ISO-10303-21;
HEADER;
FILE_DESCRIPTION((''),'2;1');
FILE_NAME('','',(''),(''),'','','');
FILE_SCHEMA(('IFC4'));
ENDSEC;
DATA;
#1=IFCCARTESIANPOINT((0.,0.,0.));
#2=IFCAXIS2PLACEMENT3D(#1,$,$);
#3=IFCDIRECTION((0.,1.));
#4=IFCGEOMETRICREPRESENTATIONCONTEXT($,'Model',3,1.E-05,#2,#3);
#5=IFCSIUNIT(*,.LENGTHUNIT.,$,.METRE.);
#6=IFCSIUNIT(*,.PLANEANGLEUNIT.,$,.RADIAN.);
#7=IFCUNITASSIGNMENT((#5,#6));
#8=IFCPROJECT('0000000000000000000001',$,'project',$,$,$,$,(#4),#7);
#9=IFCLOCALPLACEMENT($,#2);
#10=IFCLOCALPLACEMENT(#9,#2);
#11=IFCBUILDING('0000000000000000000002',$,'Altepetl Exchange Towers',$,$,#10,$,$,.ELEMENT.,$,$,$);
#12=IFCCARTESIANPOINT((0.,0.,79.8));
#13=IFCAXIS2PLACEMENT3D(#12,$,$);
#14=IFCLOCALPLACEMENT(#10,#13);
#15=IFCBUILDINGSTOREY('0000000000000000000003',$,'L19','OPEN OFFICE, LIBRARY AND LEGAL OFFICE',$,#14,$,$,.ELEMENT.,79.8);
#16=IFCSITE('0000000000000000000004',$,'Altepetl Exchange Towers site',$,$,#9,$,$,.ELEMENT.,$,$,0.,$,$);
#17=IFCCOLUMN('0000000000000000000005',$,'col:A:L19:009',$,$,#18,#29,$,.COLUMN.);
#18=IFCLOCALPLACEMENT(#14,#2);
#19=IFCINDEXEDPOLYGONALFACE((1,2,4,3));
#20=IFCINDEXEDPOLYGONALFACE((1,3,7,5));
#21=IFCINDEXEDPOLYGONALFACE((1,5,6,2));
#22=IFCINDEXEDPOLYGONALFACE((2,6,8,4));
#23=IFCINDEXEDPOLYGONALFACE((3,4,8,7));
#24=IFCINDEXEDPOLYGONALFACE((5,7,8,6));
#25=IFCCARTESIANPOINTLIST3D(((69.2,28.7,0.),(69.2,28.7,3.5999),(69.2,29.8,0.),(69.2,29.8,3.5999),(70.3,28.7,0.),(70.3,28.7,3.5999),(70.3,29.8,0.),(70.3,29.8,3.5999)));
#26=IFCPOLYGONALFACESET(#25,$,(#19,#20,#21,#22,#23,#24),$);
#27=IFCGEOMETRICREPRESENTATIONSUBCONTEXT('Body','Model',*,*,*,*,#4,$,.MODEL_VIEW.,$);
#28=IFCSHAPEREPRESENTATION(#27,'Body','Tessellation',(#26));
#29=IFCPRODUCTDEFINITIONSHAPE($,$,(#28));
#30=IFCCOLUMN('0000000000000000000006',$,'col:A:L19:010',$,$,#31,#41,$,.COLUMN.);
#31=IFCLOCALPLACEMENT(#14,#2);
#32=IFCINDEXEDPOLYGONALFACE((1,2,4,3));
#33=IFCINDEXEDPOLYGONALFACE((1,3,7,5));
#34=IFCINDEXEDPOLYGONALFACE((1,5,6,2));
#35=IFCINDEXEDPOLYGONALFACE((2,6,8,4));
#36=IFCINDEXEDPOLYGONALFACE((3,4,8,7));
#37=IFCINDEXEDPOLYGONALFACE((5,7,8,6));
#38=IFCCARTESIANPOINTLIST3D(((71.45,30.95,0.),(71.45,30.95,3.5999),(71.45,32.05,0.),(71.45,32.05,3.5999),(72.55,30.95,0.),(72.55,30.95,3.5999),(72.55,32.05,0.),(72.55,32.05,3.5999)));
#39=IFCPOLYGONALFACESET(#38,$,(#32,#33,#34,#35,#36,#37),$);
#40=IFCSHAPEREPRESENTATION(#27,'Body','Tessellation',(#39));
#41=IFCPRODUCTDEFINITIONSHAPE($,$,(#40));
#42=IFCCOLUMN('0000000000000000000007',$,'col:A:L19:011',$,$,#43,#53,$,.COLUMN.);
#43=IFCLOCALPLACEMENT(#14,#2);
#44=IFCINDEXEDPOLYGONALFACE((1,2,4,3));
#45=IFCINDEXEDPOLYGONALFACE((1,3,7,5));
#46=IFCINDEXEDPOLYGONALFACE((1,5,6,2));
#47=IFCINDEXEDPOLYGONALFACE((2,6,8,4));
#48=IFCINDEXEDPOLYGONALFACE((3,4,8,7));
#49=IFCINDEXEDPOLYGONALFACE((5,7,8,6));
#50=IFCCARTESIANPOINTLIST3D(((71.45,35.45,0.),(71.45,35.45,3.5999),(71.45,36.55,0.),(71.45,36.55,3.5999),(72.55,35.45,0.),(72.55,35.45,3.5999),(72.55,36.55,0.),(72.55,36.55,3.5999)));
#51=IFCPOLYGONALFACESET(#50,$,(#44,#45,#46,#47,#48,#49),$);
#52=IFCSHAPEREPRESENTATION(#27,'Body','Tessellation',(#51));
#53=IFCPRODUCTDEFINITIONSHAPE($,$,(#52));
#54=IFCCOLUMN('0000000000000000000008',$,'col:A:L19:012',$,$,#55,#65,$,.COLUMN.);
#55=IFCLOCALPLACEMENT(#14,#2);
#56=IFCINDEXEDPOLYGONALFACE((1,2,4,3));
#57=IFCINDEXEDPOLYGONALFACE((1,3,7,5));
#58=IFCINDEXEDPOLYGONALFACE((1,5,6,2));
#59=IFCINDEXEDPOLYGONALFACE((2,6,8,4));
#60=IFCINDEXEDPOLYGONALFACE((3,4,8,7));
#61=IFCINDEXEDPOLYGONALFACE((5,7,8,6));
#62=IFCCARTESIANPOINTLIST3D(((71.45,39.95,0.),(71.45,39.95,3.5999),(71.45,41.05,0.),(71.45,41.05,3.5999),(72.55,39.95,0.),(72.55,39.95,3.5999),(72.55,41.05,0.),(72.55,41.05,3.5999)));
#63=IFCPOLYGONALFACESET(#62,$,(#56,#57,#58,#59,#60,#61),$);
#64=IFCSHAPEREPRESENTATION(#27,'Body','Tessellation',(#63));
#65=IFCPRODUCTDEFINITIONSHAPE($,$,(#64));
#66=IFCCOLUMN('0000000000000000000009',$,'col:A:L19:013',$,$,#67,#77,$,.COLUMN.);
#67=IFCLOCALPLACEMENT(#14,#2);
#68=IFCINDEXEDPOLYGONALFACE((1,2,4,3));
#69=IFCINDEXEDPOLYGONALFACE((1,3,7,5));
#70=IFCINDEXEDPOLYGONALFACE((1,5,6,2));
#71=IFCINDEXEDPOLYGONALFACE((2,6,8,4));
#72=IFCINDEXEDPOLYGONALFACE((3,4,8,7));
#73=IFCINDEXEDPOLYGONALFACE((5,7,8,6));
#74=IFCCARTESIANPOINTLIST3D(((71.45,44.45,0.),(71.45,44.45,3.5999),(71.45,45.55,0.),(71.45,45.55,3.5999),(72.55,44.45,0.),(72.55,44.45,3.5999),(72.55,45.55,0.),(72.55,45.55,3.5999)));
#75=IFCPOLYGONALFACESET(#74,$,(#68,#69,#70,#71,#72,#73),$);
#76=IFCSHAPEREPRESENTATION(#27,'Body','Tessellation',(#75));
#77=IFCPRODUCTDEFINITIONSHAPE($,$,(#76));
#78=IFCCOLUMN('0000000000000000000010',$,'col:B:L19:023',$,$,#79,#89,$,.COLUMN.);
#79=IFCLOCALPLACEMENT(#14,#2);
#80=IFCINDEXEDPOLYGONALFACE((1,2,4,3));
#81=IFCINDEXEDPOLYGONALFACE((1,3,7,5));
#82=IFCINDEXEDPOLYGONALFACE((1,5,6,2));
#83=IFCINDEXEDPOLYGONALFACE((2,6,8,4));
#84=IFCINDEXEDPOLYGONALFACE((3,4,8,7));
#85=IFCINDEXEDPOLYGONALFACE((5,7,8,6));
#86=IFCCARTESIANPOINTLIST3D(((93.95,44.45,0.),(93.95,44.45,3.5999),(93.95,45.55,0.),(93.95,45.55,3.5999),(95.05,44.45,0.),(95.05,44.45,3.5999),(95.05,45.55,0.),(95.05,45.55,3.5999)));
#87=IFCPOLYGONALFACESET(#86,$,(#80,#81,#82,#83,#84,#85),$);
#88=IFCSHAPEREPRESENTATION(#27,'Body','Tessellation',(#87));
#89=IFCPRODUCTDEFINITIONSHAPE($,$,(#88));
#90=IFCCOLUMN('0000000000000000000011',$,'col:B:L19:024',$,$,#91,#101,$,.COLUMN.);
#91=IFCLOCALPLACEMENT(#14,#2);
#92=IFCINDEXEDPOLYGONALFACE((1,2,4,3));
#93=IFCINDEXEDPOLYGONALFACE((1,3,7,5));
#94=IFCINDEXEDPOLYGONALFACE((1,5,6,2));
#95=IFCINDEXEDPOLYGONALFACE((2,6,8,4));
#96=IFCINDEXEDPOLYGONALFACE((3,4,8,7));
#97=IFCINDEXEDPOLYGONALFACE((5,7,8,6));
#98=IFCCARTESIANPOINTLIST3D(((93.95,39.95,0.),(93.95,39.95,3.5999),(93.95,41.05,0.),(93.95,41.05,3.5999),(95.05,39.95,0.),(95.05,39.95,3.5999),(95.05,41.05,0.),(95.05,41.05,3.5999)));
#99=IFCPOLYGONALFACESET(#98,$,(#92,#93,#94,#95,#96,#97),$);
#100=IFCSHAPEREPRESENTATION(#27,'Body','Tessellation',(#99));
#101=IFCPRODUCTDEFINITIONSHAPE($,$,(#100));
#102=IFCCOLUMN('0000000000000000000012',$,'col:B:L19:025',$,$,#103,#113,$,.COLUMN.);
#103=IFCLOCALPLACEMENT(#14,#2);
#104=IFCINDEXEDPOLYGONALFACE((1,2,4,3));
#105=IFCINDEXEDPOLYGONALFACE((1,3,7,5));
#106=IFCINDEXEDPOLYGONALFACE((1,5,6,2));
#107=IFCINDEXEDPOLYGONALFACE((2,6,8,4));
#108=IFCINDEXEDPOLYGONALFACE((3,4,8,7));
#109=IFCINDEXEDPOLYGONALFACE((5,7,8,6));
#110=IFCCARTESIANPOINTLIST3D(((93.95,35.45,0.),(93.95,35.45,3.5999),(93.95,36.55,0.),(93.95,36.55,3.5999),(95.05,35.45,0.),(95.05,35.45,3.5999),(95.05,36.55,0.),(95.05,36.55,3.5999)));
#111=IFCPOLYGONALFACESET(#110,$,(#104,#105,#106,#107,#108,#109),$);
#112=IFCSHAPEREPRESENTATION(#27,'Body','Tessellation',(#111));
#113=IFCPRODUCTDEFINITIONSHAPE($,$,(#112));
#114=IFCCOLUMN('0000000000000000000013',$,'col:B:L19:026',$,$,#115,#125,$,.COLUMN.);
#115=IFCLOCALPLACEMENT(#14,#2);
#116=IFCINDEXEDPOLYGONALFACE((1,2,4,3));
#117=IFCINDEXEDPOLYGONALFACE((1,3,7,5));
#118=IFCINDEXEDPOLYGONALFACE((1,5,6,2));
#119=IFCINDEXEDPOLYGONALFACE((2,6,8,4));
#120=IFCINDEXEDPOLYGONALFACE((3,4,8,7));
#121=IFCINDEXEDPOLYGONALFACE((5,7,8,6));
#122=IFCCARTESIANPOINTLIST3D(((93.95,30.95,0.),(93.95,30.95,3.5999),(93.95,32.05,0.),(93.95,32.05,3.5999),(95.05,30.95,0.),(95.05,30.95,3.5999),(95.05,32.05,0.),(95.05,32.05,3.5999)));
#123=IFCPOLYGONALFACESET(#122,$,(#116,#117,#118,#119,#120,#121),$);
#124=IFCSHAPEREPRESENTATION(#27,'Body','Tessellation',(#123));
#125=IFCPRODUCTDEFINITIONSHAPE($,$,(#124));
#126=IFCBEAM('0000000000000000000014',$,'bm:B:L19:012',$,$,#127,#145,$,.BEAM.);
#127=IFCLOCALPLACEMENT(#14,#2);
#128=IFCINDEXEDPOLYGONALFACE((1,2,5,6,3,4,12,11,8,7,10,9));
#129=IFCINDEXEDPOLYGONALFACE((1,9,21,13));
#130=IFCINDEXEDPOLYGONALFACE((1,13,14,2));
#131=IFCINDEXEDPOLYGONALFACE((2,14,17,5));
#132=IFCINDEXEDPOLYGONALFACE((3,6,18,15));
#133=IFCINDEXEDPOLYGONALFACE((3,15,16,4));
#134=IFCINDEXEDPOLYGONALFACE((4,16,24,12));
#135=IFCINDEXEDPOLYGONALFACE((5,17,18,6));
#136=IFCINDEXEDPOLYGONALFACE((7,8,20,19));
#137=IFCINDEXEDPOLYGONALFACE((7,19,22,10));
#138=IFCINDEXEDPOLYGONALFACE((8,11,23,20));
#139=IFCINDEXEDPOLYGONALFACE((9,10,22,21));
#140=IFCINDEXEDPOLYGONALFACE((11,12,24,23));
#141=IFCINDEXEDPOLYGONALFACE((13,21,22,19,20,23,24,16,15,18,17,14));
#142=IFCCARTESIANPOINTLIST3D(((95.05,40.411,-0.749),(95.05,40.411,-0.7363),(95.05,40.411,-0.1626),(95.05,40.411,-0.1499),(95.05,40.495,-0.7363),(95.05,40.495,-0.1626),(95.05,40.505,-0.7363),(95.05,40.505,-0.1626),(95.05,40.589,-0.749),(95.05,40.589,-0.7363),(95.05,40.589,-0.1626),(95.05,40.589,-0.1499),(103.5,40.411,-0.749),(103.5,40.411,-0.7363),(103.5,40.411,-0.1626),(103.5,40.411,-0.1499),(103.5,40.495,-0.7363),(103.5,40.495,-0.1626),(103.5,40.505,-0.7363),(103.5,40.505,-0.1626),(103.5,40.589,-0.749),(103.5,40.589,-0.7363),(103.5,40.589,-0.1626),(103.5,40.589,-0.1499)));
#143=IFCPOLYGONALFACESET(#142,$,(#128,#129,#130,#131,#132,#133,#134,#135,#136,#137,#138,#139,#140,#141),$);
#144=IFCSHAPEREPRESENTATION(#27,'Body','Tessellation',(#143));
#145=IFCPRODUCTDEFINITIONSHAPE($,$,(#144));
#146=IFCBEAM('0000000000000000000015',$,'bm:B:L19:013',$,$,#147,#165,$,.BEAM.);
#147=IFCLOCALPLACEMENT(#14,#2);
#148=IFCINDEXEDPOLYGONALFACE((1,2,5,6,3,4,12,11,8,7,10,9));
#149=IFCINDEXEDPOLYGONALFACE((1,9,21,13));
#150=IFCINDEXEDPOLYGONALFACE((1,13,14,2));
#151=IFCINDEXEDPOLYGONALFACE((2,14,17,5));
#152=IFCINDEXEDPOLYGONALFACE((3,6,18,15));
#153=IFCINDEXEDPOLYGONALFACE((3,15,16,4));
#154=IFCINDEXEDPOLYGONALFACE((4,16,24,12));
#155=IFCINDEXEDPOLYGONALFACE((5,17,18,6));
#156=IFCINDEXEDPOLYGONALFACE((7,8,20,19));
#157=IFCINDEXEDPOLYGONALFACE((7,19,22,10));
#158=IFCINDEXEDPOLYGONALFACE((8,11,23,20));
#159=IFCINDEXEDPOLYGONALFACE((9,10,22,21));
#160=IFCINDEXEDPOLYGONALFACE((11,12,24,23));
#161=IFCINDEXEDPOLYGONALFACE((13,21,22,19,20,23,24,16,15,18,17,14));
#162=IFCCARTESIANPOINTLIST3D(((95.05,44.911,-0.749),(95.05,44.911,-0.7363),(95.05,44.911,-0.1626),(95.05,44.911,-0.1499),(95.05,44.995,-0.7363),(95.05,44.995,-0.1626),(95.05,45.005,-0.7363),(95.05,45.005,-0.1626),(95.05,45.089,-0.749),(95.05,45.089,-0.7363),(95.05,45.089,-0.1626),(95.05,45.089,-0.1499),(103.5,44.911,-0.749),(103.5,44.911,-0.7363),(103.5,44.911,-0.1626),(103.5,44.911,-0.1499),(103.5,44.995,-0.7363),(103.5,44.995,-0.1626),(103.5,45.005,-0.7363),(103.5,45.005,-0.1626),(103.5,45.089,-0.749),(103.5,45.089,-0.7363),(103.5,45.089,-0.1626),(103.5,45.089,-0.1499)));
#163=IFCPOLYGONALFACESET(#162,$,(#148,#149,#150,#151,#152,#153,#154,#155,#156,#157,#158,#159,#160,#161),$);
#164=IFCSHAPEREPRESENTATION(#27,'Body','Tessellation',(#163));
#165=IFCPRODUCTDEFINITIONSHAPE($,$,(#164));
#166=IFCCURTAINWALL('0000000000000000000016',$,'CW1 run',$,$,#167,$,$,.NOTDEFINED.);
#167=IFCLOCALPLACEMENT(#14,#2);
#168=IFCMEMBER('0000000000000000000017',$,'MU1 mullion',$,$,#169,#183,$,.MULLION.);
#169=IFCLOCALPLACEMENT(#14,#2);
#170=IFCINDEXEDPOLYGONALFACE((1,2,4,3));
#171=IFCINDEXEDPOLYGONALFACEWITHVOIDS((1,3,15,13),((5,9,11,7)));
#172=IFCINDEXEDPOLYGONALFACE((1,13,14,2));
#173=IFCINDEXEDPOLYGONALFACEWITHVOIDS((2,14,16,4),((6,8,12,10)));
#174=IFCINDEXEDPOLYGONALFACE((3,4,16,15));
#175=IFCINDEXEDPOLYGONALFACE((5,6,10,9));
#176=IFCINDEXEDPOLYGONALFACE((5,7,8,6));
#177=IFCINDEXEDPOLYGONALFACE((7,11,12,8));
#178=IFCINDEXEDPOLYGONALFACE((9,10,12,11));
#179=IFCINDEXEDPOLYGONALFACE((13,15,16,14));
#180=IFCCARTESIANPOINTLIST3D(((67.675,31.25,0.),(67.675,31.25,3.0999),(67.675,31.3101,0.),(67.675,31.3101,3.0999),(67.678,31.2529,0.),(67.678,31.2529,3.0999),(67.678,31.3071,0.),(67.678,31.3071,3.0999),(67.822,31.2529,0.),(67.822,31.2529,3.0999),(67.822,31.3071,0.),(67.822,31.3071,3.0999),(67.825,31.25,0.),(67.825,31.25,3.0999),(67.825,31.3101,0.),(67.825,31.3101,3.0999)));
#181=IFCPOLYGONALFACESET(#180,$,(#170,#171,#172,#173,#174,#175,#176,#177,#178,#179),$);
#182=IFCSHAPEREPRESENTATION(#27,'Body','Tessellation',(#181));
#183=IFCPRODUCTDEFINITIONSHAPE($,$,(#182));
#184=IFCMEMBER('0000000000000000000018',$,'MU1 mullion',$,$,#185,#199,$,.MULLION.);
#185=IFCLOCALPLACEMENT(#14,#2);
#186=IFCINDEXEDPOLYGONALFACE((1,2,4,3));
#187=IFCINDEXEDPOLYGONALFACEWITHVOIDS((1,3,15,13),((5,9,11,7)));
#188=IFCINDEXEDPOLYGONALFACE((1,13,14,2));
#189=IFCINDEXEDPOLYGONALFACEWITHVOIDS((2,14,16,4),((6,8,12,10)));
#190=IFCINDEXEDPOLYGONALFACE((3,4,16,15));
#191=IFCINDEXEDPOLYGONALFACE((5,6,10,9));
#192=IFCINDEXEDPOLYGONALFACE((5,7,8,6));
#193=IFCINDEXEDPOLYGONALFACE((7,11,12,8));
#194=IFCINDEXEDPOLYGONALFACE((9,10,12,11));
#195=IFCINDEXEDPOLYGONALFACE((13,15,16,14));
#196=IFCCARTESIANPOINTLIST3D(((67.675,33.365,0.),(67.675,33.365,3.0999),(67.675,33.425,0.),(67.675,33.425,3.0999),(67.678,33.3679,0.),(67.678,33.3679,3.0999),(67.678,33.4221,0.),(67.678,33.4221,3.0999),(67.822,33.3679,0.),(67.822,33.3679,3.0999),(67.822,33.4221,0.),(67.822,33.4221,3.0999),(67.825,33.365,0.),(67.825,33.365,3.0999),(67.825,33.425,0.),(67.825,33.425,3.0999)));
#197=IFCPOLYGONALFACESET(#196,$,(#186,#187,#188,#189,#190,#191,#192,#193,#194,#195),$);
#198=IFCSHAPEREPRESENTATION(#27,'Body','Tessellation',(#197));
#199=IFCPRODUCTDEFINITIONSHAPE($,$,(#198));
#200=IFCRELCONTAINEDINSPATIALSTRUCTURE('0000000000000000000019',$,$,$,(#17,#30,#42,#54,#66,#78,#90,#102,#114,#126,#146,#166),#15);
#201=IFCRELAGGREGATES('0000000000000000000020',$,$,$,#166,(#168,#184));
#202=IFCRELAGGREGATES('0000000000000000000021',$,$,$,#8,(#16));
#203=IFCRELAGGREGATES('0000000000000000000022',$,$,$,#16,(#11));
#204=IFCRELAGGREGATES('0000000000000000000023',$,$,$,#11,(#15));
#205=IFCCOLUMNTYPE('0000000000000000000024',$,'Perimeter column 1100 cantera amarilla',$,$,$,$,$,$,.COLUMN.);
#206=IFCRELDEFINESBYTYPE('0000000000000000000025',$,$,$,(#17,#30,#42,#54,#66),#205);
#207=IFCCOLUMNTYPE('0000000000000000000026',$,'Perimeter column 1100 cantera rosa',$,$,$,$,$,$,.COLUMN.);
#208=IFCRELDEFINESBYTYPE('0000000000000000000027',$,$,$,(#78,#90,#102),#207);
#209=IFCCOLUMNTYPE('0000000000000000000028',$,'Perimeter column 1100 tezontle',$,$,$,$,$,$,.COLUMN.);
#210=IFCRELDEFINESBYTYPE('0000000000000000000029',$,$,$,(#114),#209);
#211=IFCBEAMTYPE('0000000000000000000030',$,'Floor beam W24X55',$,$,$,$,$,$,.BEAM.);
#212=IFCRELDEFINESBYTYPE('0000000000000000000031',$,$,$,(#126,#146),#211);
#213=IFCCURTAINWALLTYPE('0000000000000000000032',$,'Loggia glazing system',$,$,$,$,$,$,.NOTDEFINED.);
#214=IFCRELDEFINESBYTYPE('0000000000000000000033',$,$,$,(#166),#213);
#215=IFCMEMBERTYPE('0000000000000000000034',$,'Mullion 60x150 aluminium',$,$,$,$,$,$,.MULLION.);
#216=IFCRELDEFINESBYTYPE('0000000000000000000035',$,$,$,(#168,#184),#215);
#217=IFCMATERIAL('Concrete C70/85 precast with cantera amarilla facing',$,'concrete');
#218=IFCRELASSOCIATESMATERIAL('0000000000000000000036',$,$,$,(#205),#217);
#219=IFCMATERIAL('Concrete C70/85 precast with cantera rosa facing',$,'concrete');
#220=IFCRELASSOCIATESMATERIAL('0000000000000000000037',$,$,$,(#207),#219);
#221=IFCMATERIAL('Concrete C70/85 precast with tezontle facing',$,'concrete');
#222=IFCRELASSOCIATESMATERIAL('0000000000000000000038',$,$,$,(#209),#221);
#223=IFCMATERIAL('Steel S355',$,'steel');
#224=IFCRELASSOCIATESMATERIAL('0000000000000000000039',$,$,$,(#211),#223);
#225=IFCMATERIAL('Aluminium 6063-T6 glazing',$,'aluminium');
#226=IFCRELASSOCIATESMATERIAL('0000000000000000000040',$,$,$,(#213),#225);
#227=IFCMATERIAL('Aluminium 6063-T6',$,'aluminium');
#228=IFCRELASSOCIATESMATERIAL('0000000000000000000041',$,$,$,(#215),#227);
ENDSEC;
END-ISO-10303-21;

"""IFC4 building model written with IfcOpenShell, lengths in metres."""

from ifc_helpers import new_model, si_unit, direction, frame, origin, origin_2d, place, context, subcontext, project, spatial, rectangle, hollow_rectangle, i_section, extrude, material, material_profile, profile_set, type_object, element, aggregate, save


model = new_model("IFC4")

# Units and contexts
model_context = context("Model", 3, precision=1e-05, world=origin(), true_north=direction((0.0, 1.0)))
body_context = subcontext(model_context, "Body", "Model", "MODEL_VIEW")
ifc_project = project(units=[si_unit("LENGTHUNIT", "METRE"), si_unit("PLANEANGLEUNIT", "RADIAN")], contexts=[model_context])

# Site, building, storey
site_placement = place(None, origin())
site = spatial("IfcSite", under=ifc_project, at=site_placement, Name="Altepetl Exchange Towers site", CompositionType="ELEMENT", RefElevation=0.0)
building_placement = place(site_placement, origin())
building = spatial("IfcBuilding", under=site, at=building_placement, Name="Altepetl Exchange Towers", CompositionType="ELEMENT")
storey_placement = place(building_placement, frame((0.0, 0.0, 79.8)))
storey = spatial("IfcBuildingStorey", under=building, at=storey_placement, Name="L19", Description="OPEN OFFICE, LIBRARY AND LEGAL OFFICE", CompositionType="ELEMENT", Elevation=79.8)

# Columns
ifc_material_1 = material(Name="Concrete C70/85 precast with cantera amarilla facing", Category="concrete")
ifc_material_profile_1 = material_profile(ifc_material_1, rectangle(XDim=1.1001, YDim=1.1001, at=origin_2d()), Name="1100 x 1100")
ifc_profile_set_1 = profile_set([ifc_material_profile_1], Name="Concrete C70/85 precast with cantera amarilla facing")
column_type_1 = type_object("IfcColumnType", Name="Perimeter column 1100 cantera amarilla", PredefinedType="COLUMN", material=ifc_profile_set_1)
for number, where, name in (
    (1, (69.75, 29.25, 0.0), "col:A:L19:009"),
    (2, (72.0, 31.5, 0.0), "col:A:L19:010"),
    (3, (72.0, 36.0, 0.0), "col:A:L19:011"),
    (4, (72.0, 40.5, 0.0), "col:A:L19:012"),
    (5, (72.0, 45.0, 0.0), "col:A:L19:013"),
):
    element("IfcColumn", number, at=place(storey_placement, frame(where)), inside=storey, type_object=column_type_1, Name=name, PredefinedType="COLUMN", context=body_context, shape_type="SweptSolid", body=[
        extrude(rectangle(XDim=1.1001, YDim=1.1001, at=origin_2d()), origin(), (0.0, 0.0, 1.0), 3.5999),
    ])
ifc_material_2 = material(Name="Concrete C70/85 precast with cantera rosa facing", Category="concrete")
ifc_material_profile_2 = material_profile(ifc_material_2, rectangle(XDim=1.1001, YDim=1.1001, at=origin_2d()), Name="1100 x 1100")
ifc_profile_set_2 = profile_set([ifc_material_profile_2], Name="Concrete C70/85 precast with cantera rosa facing")
column_type_2 = type_object("IfcColumnType", Name="Perimeter column 1100 cantera rosa", PredefinedType="COLUMN", material=ifc_profile_set_2)
for number, where, name in (
    (6, (94.5, 45.0, 0.0), "col:B:L19:023"),
    (7, (94.5, 40.5, 0.0), "col:B:L19:024"),
    (8, (94.5, 36.0, 0.0), "col:B:L19:025"),
):
    element("IfcColumn", number, at=place(storey_placement, frame(where)), inside=storey, type_object=column_type_2, Name=name, PredefinedType="COLUMN", context=body_context, shape_type="SweptSolid", body=[
        extrude(rectangle(XDim=1.1001, YDim=1.1001, at=origin_2d()), origin(), (0.0, 0.0, 1.0), 3.5999),
    ])
ifc_material_3 = material(Name="Concrete C70/85 precast with tezontle facing", Category="concrete")
ifc_material_profile_3 = material_profile(ifc_material_3, rectangle(XDim=1.1001, YDim=1.1001, at=origin_2d()), Name="1100 x 1100")
ifc_profile_set_3 = profile_set([ifc_material_profile_3], Name="Concrete C70/85 precast with tezontle facing")
column_type_3 = type_object("IfcColumnType", Name="Perimeter column 1100 tezontle", PredefinedType="COLUMN", material=ifc_profile_set_3)
column_placement = place(storey_placement, frame((94.5, 31.5, 0.0)))
element("IfcColumn", 9, at=column_placement, inside=storey, type_object=column_type_3, Name="col:B:L19:026", PredefinedType="COLUMN", context=body_context, shape_type="SweptSolid", body=[
    extrude(rectangle(XDim=1.1001, YDim=1.1001, at=origin_2d()), origin(), (0.0, 0.0, 1.0), 3.5999),
])

# Beams
ifc_material_4 = material(Name="Steel S355", Category="steel")
ifc_material_profile_4 = material_profile(ifc_material_4, i_section(OverallWidth=0.178, OverallDepth=0.5991, WebThickness=0.01, FlangeThickness=0.0127, at=origin_2d()), Name="W24X55")
ifc_profile_set_4 = profile_set([ifc_material_profile_4], Name="Steel S355")
beam_type_1 = type_object("IfcBeamType", Name="Floor beam W24X55", PredefinedType="BEAM", material=ifc_profile_set_4)
for number, where, z_axis, x_axis, name in (
    (10, (95.05, 40.5, -0.4495), (1.0, 0.0, 0.0), (0.0, 1.0, 0.0), "bm:B:L19:012"),
    (11, (95.05, 45.0, -0.4495), (1.0, 0.0, 0.0), (0.0, 1.0, 0.0), "bm:B:L19:013"),
):
    element("IfcBeam", number, at=place(storey_placement, frame(where, z_axis=z_axis, x_axis=x_axis)), inside=storey, type_object=beam_type_1, Name=name, PredefinedType="BEAM", context=body_context, shape_type="SweptSolid", body=[
        extrude(i_section(OverallWidth=0.178, OverallDepth=0.5991, WebThickness=0.01, FlangeThickness=0.0127, at=origin_2d()), origin(), (0.0, 0.0, 1.0), 8.45),
    ])

# Curtain wall, members
ifc_material_5 = material(Name="Aluminium 6063-T6 glazing", Category="aluminium")
curtain_wall_type = type_object("IfcCurtainWallType", Name="Loggia glazing system", PredefinedType="NOTDEFINED", material=ifc_material_5)
curtain_wall_1_placement = place(storey_placement, origin())
curtain_wall_1 = element("IfcCurtainWall", 12, at=curtain_wall_1_placement, inside=storey, type_object=curtain_wall_type, Name="CW1 run", PredefinedType="NOTDEFINED")
ifc_material_6 = material(Name="Aluminium 6063-T6", Category="aluminium")
ifc_material_profile_5 = material_profile(ifc_material_6, hollow_rectangle(XDim=0.0601, YDim=0.1499, WallThickness=0.0029, at=origin_2d()), Name="Mullion 60x150 aluminium")
ifc_profile_set_5 = profile_set([ifc_material_profile_5], Name="Aluminium 6063-T6")
member_type = type_object("IfcMemberType", Name="Mullion 60x150 aluminium", PredefinedType="MULLION", material=ifc_profile_set_5)
member_1_placement = place(storey_placement, frame((67.75, 31.28, 0.0), z_axis=(0.0, 0.0, 1.0), x_axis=(0.0, 1.0, 0.0)))
member_1 = element("IfcMember", 13, at=member_1_placement, type_object=member_type, Name="MU1 mullion", PredefinedType="MULLION", context=body_context, shape_type="SweptSolid", body=[
    extrude(hollow_rectangle(XDim=0.0601, YDim=0.1499, WallThickness=0.0029, at=origin_2d()), origin(), (0.0, 0.0, 1.0), 3.0999),
])
member_2_placement = place(storey_placement, frame((67.75, 33.395, 0.0), z_axis=(0.0, 0.0, 1.0), x_axis=(0.0, 1.0, 0.0)))
member_2 = element("IfcMember", 14, at=member_2_placement, type_object=member_type, Name="MU1 mullion", PredefinedType="MULLION", context=body_context, shape_type="SweptSolid", body=[
    extrude(hollow_rectangle(XDim=0.0601, YDim=0.1499, WallThickness=0.0029, at=origin_2d()), origin(), (0.0, 0.0, 1.0), 3.0999),
])

aggregate(curtain_wall_1, [member_1, member_2])

save(model, "model.ifc")
